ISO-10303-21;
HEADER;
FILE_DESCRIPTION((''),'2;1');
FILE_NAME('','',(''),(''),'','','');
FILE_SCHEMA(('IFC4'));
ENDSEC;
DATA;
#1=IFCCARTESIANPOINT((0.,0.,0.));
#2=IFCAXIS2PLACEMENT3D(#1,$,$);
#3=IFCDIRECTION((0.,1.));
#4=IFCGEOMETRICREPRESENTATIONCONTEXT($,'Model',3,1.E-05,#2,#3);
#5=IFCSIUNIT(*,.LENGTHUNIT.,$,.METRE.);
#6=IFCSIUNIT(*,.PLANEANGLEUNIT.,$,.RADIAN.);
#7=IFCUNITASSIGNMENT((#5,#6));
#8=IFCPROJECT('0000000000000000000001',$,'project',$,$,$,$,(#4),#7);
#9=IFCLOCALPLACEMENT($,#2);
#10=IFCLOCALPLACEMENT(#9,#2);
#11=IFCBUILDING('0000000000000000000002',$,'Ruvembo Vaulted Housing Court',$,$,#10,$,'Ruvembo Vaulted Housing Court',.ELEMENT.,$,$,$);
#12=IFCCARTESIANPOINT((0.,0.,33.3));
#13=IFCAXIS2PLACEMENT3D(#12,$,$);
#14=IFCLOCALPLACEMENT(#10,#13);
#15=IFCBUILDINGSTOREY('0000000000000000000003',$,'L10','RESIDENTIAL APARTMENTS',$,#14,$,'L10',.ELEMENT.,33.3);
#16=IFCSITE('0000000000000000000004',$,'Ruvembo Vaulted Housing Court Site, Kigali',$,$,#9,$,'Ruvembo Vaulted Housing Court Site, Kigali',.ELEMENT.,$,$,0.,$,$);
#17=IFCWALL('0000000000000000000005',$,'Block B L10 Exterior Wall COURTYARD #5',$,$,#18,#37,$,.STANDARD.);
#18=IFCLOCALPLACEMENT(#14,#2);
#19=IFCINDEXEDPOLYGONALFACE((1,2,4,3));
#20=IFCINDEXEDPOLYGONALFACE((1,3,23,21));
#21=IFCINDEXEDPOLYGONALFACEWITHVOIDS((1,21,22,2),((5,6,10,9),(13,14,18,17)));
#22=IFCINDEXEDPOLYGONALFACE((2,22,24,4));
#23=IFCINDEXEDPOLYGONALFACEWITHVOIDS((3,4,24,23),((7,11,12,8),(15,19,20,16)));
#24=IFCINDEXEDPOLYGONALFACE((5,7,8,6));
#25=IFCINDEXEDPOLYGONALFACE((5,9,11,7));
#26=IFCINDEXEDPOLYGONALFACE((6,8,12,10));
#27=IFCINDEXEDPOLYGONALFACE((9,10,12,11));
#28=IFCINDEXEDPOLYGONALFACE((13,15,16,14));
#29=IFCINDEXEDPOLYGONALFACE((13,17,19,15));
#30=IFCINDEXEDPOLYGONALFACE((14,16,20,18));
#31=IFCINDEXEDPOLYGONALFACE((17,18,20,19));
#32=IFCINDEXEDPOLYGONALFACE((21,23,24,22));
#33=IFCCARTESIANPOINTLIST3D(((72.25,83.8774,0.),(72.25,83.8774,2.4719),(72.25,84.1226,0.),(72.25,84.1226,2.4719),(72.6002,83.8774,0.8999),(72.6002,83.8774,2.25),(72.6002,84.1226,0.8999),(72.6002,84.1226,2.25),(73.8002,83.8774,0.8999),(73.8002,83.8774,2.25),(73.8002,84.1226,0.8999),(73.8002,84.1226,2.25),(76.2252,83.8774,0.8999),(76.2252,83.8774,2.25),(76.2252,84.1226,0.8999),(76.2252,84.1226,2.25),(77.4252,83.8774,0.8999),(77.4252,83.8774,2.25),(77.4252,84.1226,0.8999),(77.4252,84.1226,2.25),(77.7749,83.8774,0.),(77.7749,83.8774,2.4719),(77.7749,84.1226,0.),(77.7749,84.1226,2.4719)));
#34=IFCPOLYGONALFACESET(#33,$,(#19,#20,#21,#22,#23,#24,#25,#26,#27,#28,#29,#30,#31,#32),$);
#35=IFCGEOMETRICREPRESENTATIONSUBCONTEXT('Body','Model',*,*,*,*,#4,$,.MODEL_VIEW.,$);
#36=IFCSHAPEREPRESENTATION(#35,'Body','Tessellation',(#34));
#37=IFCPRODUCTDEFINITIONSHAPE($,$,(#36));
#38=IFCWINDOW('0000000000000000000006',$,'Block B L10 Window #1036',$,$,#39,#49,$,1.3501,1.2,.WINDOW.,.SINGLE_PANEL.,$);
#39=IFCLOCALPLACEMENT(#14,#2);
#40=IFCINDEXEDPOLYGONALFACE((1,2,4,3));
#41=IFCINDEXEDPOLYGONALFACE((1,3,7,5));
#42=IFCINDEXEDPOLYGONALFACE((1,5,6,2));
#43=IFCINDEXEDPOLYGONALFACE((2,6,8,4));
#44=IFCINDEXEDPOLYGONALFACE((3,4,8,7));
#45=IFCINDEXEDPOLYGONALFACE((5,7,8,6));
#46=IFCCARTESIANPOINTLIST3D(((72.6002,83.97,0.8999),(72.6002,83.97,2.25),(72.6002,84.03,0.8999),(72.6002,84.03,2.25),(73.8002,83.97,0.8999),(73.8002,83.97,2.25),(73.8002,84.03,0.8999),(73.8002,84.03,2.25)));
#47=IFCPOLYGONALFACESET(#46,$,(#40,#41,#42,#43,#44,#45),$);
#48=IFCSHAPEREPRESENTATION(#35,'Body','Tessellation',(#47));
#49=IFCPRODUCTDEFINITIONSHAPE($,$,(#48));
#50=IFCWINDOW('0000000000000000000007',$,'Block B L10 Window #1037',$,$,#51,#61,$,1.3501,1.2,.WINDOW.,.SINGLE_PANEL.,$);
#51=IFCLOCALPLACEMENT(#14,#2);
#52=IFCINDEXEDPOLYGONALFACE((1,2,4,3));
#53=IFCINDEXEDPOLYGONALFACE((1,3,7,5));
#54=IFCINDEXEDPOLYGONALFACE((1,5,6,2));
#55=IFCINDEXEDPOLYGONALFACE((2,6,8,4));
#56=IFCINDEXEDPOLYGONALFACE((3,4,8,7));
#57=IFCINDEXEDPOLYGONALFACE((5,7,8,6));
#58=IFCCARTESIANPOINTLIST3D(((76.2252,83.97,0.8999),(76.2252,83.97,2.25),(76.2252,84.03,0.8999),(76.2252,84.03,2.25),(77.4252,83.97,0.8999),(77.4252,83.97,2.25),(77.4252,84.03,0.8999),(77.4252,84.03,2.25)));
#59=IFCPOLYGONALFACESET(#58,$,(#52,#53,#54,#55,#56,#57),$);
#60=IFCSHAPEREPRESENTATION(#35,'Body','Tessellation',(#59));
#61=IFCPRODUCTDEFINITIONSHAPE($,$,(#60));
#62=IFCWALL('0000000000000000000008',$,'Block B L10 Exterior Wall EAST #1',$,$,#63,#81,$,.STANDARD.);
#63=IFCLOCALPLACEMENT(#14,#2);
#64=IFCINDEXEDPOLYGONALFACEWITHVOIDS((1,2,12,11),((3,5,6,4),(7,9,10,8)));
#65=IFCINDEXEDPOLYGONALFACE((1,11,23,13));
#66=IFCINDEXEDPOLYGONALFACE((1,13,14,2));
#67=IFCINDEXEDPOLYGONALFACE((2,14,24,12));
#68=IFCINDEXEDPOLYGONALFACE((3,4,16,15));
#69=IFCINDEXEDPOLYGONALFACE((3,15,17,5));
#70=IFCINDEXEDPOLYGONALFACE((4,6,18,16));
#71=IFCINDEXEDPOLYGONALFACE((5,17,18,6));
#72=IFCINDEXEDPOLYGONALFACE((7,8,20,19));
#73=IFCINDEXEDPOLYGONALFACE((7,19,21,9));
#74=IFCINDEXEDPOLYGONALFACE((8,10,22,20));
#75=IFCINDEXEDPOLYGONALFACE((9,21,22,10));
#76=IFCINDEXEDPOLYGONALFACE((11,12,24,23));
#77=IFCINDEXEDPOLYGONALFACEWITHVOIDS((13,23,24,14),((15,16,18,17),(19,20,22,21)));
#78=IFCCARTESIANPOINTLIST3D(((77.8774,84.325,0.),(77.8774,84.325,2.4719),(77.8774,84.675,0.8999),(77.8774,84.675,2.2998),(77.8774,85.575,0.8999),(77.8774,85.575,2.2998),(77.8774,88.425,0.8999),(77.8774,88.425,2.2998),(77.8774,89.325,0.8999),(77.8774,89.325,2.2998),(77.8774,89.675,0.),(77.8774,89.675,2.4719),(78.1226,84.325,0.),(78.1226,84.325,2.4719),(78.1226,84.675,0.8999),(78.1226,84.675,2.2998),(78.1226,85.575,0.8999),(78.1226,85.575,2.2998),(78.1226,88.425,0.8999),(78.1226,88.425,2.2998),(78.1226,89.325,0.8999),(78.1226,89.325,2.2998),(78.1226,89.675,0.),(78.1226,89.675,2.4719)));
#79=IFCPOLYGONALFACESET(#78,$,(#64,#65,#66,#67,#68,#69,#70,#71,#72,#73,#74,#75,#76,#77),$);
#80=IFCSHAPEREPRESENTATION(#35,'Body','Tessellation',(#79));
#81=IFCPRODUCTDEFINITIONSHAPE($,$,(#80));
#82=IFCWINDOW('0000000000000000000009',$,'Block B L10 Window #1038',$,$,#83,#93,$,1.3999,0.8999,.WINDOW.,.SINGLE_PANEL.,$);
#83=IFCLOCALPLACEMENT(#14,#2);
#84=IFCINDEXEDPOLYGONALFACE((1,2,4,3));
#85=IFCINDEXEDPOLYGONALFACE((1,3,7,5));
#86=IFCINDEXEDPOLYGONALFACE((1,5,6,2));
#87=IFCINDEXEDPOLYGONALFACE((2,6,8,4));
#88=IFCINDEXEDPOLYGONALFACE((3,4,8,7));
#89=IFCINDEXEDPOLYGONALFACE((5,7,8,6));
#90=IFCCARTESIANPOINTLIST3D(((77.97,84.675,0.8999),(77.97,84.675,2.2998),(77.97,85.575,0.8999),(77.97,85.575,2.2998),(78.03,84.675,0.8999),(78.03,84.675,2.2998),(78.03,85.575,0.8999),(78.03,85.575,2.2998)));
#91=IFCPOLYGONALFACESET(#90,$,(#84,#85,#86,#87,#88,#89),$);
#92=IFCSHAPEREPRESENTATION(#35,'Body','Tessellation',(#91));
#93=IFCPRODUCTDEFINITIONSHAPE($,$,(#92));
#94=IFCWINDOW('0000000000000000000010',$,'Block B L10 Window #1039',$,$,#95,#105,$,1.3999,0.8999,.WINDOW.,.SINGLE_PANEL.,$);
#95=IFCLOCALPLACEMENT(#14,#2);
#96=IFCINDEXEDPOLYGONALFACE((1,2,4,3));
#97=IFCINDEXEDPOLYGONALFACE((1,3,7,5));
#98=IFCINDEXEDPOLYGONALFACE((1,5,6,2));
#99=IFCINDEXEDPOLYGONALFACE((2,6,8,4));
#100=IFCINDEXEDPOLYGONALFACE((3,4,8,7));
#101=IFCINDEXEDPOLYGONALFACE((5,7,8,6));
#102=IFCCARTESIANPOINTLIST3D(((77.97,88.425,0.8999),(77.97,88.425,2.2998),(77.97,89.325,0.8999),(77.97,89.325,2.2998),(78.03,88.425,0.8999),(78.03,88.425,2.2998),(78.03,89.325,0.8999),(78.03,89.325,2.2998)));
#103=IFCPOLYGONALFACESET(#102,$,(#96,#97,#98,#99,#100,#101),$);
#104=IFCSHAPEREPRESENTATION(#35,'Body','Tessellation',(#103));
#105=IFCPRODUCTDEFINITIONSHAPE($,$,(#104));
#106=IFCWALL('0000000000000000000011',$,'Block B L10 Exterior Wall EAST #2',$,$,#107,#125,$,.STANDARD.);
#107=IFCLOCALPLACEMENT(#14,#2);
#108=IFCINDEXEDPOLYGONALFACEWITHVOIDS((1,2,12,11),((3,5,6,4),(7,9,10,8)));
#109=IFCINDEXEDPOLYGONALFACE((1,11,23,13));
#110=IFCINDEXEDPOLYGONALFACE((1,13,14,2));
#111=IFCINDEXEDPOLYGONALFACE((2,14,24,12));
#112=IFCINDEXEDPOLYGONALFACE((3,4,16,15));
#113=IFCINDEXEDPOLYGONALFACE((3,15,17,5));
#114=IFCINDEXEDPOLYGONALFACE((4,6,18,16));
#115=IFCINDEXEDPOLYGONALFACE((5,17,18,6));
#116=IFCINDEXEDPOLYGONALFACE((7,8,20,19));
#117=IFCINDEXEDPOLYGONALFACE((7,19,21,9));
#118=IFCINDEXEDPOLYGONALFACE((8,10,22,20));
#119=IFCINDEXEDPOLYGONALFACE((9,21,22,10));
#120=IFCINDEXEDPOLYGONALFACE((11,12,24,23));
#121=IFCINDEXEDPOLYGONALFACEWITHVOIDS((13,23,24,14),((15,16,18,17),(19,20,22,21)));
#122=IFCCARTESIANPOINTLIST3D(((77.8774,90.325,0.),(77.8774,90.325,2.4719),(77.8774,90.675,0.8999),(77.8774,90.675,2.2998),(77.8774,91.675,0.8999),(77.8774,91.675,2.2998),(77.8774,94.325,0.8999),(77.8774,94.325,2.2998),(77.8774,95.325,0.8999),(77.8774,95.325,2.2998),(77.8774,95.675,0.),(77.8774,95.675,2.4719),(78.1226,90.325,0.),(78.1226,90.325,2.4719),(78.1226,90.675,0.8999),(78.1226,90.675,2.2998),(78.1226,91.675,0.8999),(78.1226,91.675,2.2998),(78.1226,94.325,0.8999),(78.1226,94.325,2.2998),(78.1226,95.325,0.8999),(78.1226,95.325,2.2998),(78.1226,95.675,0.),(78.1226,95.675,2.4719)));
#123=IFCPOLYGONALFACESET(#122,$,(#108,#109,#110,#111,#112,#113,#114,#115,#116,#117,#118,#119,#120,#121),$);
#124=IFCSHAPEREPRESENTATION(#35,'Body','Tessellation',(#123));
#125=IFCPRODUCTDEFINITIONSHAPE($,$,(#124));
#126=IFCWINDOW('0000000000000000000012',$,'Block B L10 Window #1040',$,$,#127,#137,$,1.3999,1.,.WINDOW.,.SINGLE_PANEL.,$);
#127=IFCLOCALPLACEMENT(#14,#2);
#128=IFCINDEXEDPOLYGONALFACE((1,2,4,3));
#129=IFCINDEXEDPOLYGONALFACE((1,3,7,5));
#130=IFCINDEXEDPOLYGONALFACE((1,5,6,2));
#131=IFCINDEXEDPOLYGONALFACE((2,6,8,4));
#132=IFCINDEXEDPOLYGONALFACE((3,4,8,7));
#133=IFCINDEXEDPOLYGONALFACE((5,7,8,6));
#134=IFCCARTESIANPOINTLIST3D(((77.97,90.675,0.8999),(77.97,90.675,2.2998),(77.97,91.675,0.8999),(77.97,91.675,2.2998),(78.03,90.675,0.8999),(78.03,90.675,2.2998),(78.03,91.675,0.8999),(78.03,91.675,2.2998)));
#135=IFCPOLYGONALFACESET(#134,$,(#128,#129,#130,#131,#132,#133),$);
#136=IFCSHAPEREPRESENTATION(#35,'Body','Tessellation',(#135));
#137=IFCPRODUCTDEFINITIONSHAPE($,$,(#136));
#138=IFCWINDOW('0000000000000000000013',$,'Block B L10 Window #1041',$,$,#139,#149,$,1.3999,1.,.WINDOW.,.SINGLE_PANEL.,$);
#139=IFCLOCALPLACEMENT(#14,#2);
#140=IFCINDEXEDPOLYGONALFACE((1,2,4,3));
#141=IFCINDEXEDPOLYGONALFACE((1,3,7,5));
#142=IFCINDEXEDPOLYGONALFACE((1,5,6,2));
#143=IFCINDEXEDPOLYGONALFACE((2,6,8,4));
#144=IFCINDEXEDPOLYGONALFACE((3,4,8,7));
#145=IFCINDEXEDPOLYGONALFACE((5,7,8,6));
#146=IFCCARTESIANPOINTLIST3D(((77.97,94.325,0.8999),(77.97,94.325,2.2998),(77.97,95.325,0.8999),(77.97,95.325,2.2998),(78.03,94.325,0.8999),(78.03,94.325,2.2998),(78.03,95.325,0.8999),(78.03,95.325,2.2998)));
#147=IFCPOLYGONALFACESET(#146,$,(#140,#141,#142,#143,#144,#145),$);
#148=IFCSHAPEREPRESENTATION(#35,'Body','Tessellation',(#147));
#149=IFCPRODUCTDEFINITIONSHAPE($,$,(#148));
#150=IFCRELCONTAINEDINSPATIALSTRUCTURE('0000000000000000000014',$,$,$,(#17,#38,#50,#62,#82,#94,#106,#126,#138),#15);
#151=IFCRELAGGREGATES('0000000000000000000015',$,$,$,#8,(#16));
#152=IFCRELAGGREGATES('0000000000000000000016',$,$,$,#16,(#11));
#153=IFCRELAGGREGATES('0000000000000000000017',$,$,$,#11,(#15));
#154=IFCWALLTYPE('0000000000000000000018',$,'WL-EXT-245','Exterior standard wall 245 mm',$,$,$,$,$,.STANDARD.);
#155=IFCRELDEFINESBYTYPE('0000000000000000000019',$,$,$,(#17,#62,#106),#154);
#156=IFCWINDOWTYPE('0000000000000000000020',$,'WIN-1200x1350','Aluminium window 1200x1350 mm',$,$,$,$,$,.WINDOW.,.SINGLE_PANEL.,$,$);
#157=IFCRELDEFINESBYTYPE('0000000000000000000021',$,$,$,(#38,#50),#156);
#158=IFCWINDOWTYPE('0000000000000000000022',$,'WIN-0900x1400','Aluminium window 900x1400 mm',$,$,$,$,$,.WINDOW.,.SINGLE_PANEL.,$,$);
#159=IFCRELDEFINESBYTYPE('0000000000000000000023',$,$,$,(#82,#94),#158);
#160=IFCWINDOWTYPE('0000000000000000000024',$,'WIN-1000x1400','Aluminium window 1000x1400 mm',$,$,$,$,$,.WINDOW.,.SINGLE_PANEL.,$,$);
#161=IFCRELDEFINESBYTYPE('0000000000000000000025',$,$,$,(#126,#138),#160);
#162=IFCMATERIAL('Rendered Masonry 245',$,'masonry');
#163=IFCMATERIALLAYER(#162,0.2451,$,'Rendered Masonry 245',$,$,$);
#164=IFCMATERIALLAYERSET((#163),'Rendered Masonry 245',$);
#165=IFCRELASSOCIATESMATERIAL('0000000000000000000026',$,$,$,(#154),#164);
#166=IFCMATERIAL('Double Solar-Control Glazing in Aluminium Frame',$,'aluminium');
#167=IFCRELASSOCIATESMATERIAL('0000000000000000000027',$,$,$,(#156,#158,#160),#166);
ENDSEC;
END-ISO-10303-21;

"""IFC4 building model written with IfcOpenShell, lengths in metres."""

from ifc_helpers import new_model, si_unit, direction, frame, frame_2d, origin, place, context, subcontext, project, spatial, rectangle, extrude, material, layer, layer_set, type_object, element, fill, save


model = new_model("IFC4")

# Units and contexts
model_context = context("Model", 3, precision=1e-05, world=origin(), true_north=direction((0.0, 1.0)))
body_context = subcontext(model_context, "Body", "Model", "MODEL_VIEW")
ifc_project = project(units=[si_unit("LENGTHUNIT", "METRE"), si_unit("PLANEANGLEUNIT", "RADIAN")], contexts=[model_context])

# Site, building, storey
site_placement = place(None, origin())
site = spatial("IfcSite", under=ifc_project, at=site_placement, Name="Ruvembo Vaulted Housing Court Site, Kigali", LongName="Ruvembo Vaulted Housing Court Site, Kigali", CompositionType="ELEMENT", RefElevation=0.0)
building_placement = place(site_placement, origin())
building = spatial("IfcBuilding", under=site, at=building_placement, Name="Ruvembo Vaulted Housing Court", LongName="Ruvembo Vaulted Housing Court", CompositionType="ELEMENT")
storey_placement = place(building_placement, frame((0.0, 0.0, 33.3)))
storey = spatial("IfcBuildingStorey", under=building, at=storey_placement, Name="L10", Description="RESIDENTIAL APARTMENTS", LongName="L10", CompositionType="ELEMENT", Elevation=33.3)

# Walls, openings, windows
ifc_material_1 = material(Name="Rendered Masonry 245", Category="masonry")
ifc_layer_1 = layer(ifc_material_1, 0.2451, Name="Rendered Masonry 245")
ifc_layer_set_1 = layer_set([ifc_layer_1], Name="Rendered Masonry 245")
wall_type_1 = type_object("IfcWallType", Name="WL-EXT-245", Description="Exterior standard wall 245 mm", PredefinedType="STANDARD", material=ifc_layer_set_1)
wall_1_placement = place(storey_placement, frame((72.25, 84.0, 0.0), z_axis=(0.0, 0.0, 1.0), x_axis=(1.0, 0.0, 0.0)))
wall_1 = element("IfcWall", 1, at=wall_1_placement, inside=storey, type_object=wall_type_1, Name="Block B L10 Exterior Wall COURTYARD #5", PredefinedType="STANDARD", context=body_context, shape_type="SweptSolid", body=[
    extrude(rectangle(XDim=5.5249, YDim=0.2451, at=frame_2d((2.7625, 0.0))), origin(), (0.0, 0.0, 1.0), 2.4719),
])
opening_1_placement = place(wall_1_placement, frame((0.3501, 0.0, 0.8999)))
opening_1 = element("IfcOpeningElement", 2, at=opening_1_placement, cuts=wall_1, PredefinedType="OPENING", context=body_context, shape_type="SweptSolid", body=[
    extrude(rectangle(XDim=1.2, YDim=1.3501, at=frame_2d((0.6001, 0.675))), frame((0.0, 0.1326, 0.0), z_axis=(0.0, -1.0, 0.0), x_axis=(1.0, 0.0, 0.0)), (0.0, 0.0, 1.0), 0.2651),
])
opening_2_placement = place(wall_1_placement, frame((3.9751, 0.0, 0.8999)))
opening_2 = element("IfcOpeningElement", 3, at=opening_2_placement, cuts=wall_1, PredefinedType="OPENING", context=body_context, shape_type="SweptSolid", body=[
    extrude(rectangle(XDim=1.2, YDim=1.3501, at=frame_2d((0.6001, 0.675))), frame((0.0, 0.1326, 0.0), z_axis=(0.0, -1.0, 0.0), x_axis=(1.0, 0.0, 0.0)), (0.0, 0.0, 1.0), 0.2651),
])
ifc_material_2 = material(Name="Double Solar-Control Glazing in Aluminium Frame", Category="aluminium")
window_type_1 = type_object("IfcWindowType", Name="WIN-1200x1350", Description="Aluminium window 1200x1350 mm", PartitioningType="SINGLE_PANEL", PredefinedType="WINDOW", material=ifc_material_2)
window_1_placement = place(opening_1_placement, origin())
window_1 = element("IfcWindow", 4, at=window_1_placement, inside=storey, type_object=window_type_1, Name="Block B L10 Window #1036", OverallHeight=1.3501, OverallWidth=1.2, PartitioningType="SINGLE_PANEL", PredefinedType="WINDOW", context=body_context, shape_type="SweptSolid", body=[
    extrude(rectangle(XDim=1.2, YDim=1.3501, at=frame_2d((0.6001, 0.675))), frame((0.0, 0.03, 0.0), z_axis=(0.0, -1.0, 0.0), x_axis=(1.0, 0.0, 0.0)), (0.0, 0.0, 1.0), 0.0601),
])
fill(opening_1, window_1)
window_2_placement = place(opening_2_placement, origin())
window_2 = element("IfcWindow", 5, at=window_2_placement, inside=storey, type_object=window_type_1, Name="Block B L10 Window #1037", OverallHeight=1.3501, OverallWidth=1.2, PartitioningType="SINGLE_PANEL", PredefinedType="WINDOW", context=body_context, shape_type="SweptSolid", body=[
    extrude(rectangle(XDim=1.2, YDim=1.3501, at=frame_2d((0.6001, 0.675))), frame((0.0, 0.03, 0.0), z_axis=(0.0, -1.0, 0.0), x_axis=(1.0, 0.0, 0.0)), (0.0, 0.0, 1.0), 0.0601),
])
fill(opening_2, window_2)
wall_2_placement = place(storey_placement, frame((78.0, 84.325, 0.0), z_axis=(0.0, 0.0, 1.0), x_axis=(0.0, 1.0, 0.0)))
wall_2 = element("IfcWall", 6, at=wall_2_placement, inside=storey, type_object=wall_type_1, Name="Block B L10 Exterior Wall EAST #1", PredefinedType="STANDARD", context=body_context, shape_type="SweptSolid", body=[
    extrude(rectangle(XDim=5.3501, YDim=0.2451, at=frame_2d((2.675, 0.0))), origin(), (0.0, 0.0, 1.0), 2.4719),
])
opening_3_placement = place(wall_2_placement, frame((0.3501, 0.0, 0.8999)))
opening_3 = element("IfcOpeningElement", 7, at=opening_3_placement, cuts=wall_2, PredefinedType="OPENING", context=body_context, shape_type="SweptSolid", body=[
    extrude(rectangle(XDim=0.8999, YDim=1.3999, at=frame_2d((0.45, 0.7))), frame((0.0, 0.1326, 0.0), z_axis=(0.0, -1.0, 0.0), x_axis=(1.0, 0.0, 0.0)), (0.0, 0.0, 1.0), 0.2651),
])
opening_4_placement = place(wall_2_placement, frame((4.1001, 0.0, 0.8999)))
opening_4 = element("IfcOpeningElement", 8, at=opening_4_placement, cuts=wall_2, PredefinedType="OPENING", context=body_context, shape_type="SweptSolid", body=[
    extrude(rectangle(XDim=0.8999, YDim=1.3999, at=frame_2d((0.45, 0.7))), frame((0.0, 0.1326, 0.0), z_axis=(0.0, -1.0, 0.0), x_axis=(1.0, 0.0, 0.0)), (0.0, 0.0, 1.0), 0.2651),
])
window_type_2 = type_object("IfcWindowType", Name="WIN-0900x1400", Description="Aluminium window 900x1400 mm", PartitioningType="SINGLE_PANEL", PredefinedType="WINDOW", material=ifc_material_2)
window_3_placement = place(opening_3_placement, origin())
window_3 = element("IfcWindow", 9, at=window_3_placement, inside=storey, type_object=window_type_2, Name="Block B L10 Window #1038", OverallHeight=1.3999, OverallWidth=0.8999, PartitioningType="SINGLE_PANEL", PredefinedType="WINDOW", context=body_context, shape_type="SweptSolid", body=[
    extrude(rectangle(XDim=0.8999, YDim=1.3999, at=frame_2d((0.45, 0.7))), frame((0.0, 0.03, 0.0), z_axis=(0.0, -1.0, 0.0), x_axis=(1.0, 0.0, 0.0)), (0.0, 0.0, 1.0), 0.0601),
])
fill(opening_3, window_3)
window_4_placement = place(opening_4_placement, origin())
window_4 = element("IfcWindow", 10, at=window_4_placement, inside=storey, type_object=window_type_2, Name="Block B L10 Window #1039", OverallHeight=1.3999, OverallWidth=0.8999, PartitioningType="SINGLE_PANEL", PredefinedType="WINDOW", context=body_context, shape_type="SweptSolid", body=[
    extrude(rectangle(XDim=0.8999, YDim=1.3999, at=frame_2d((0.45, 0.7))), frame((0.0, 0.03, 0.0), z_axis=(0.0, -1.0, 0.0), x_axis=(1.0, 0.0, 0.0)), (0.0, 0.0, 1.0), 0.0601),
])
fill(opening_4, window_4)
wall_3_placement = place(storey_placement, frame((78.0, 90.325, 0.0), z_axis=(0.0, 0.0, 1.0), x_axis=(0.0, 1.0, 0.0)))
wall_3 = element("IfcWall", 11, at=wall_3_placement, inside=storey, type_object=wall_type_1, Name="Block B L10 Exterior Wall EAST #2", PredefinedType="STANDARD", context=body_context, shape_type="SweptSolid", body=[
    extrude(rectangle(XDim=5.3501, YDim=0.2451, at=frame_2d((2.675, 0.0))), origin(), (0.0, 0.0, 1.0), 2.4719),
])
opening_5_placement = place(wall_3_placement, frame((0.3501, 0.0, 0.8999)))
opening_5 = element("IfcOpeningElement", 12, at=opening_5_placement, cuts=wall_3, PredefinedType="OPENING", context=body_context, shape_type="SweptSolid", body=[
    extrude(rectangle(XDim=1.0, YDim=1.3999, at=frame_2d((0.5, 0.7))), frame((0.0, 0.1326, 0.0), z_axis=(0.0, -1.0, 0.0), x_axis=(1.0, 0.0, 0.0)), (0.0, 0.0, 1.0), 0.2651),
])
opening_6_placement = place(wall_3_placement, frame((4.0, 0.0, 0.8999)))
opening_6 = element("IfcOpeningElement", 13, at=opening_6_placement, cuts=wall_3, PredefinedType="OPENING", context=body_context, shape_type="SweptSolid", body=[
    extrude(rectangle(XDim=1.0, YDim=1.3999, at=frame_2d((0.5, 0.7))), frame((0.0, 0.1326, 0.0), z_axis=(0.0, -1.0, 0.0), x_axis=(1.0, 0.0, 0.0)), (0.0, 0.0, 1.0), 0.2651),
])
window_type_3 = type_object("IfcWindowType", Name="WIN-1000x1400", Description="Aluminium window 1000x1400 mm", PartitioningType="SINGLE_PANEL", PredefinedType="WINDOW", material=ifc_material_2)
window_5_placement = place(opening_5_placement, origin())
window_5 = element("IfcWindow", 14, at=window_5_placement, inside=storey, type_object=window_type_3, Name="Block B L10 Window #1040", OverallHeight=1.3999, OverallWidth=1.0, PartitioningType="SINGLE_PANEL", PredefinedType="WINDOW", context=body_context, shape_type="SweptSolid", body=[
    extrude(rectangle(XDim=1.0, YDim=1.3999, at=frame_2d((0.5, 0.7))), frame((0.0, 0.03, 0.0), z_axis=(0.0, -1.0, 0.0), x_axis=(1.0, 0.0, 0.0)), (0.0, 0.0, 1.0), 0.0601),
])
fill(opening_5, window_5)
window_6_placement = place(opening_6_placement, origin())
window_6 = element("IfcWindow", 15, at=window_6_placement, inside=storey, type_object=window_type_3, Name="Block B L10 Window #1041", OverallHeight=1.3999, OverallWidth=1.0, PartitioningType="SINGLE_PANEL", PredefinedType="WINDOW", context=body_context, shape_type="SweptSolid", body=[
    extrude(rectangle(XDim=1.0, YDim=1.3999, at=frame_2d((0.5, 0.7))), frame((0.0, 0.03, 0.0), z_axis=(0.0, -1.0, 0.0), x_axis=(1.0, 0.0, 0.0)), (0.0, 0.0, 1.0), 0.0601),
])
fill(opening_6, window_6)

save(model, "model.ifc")
